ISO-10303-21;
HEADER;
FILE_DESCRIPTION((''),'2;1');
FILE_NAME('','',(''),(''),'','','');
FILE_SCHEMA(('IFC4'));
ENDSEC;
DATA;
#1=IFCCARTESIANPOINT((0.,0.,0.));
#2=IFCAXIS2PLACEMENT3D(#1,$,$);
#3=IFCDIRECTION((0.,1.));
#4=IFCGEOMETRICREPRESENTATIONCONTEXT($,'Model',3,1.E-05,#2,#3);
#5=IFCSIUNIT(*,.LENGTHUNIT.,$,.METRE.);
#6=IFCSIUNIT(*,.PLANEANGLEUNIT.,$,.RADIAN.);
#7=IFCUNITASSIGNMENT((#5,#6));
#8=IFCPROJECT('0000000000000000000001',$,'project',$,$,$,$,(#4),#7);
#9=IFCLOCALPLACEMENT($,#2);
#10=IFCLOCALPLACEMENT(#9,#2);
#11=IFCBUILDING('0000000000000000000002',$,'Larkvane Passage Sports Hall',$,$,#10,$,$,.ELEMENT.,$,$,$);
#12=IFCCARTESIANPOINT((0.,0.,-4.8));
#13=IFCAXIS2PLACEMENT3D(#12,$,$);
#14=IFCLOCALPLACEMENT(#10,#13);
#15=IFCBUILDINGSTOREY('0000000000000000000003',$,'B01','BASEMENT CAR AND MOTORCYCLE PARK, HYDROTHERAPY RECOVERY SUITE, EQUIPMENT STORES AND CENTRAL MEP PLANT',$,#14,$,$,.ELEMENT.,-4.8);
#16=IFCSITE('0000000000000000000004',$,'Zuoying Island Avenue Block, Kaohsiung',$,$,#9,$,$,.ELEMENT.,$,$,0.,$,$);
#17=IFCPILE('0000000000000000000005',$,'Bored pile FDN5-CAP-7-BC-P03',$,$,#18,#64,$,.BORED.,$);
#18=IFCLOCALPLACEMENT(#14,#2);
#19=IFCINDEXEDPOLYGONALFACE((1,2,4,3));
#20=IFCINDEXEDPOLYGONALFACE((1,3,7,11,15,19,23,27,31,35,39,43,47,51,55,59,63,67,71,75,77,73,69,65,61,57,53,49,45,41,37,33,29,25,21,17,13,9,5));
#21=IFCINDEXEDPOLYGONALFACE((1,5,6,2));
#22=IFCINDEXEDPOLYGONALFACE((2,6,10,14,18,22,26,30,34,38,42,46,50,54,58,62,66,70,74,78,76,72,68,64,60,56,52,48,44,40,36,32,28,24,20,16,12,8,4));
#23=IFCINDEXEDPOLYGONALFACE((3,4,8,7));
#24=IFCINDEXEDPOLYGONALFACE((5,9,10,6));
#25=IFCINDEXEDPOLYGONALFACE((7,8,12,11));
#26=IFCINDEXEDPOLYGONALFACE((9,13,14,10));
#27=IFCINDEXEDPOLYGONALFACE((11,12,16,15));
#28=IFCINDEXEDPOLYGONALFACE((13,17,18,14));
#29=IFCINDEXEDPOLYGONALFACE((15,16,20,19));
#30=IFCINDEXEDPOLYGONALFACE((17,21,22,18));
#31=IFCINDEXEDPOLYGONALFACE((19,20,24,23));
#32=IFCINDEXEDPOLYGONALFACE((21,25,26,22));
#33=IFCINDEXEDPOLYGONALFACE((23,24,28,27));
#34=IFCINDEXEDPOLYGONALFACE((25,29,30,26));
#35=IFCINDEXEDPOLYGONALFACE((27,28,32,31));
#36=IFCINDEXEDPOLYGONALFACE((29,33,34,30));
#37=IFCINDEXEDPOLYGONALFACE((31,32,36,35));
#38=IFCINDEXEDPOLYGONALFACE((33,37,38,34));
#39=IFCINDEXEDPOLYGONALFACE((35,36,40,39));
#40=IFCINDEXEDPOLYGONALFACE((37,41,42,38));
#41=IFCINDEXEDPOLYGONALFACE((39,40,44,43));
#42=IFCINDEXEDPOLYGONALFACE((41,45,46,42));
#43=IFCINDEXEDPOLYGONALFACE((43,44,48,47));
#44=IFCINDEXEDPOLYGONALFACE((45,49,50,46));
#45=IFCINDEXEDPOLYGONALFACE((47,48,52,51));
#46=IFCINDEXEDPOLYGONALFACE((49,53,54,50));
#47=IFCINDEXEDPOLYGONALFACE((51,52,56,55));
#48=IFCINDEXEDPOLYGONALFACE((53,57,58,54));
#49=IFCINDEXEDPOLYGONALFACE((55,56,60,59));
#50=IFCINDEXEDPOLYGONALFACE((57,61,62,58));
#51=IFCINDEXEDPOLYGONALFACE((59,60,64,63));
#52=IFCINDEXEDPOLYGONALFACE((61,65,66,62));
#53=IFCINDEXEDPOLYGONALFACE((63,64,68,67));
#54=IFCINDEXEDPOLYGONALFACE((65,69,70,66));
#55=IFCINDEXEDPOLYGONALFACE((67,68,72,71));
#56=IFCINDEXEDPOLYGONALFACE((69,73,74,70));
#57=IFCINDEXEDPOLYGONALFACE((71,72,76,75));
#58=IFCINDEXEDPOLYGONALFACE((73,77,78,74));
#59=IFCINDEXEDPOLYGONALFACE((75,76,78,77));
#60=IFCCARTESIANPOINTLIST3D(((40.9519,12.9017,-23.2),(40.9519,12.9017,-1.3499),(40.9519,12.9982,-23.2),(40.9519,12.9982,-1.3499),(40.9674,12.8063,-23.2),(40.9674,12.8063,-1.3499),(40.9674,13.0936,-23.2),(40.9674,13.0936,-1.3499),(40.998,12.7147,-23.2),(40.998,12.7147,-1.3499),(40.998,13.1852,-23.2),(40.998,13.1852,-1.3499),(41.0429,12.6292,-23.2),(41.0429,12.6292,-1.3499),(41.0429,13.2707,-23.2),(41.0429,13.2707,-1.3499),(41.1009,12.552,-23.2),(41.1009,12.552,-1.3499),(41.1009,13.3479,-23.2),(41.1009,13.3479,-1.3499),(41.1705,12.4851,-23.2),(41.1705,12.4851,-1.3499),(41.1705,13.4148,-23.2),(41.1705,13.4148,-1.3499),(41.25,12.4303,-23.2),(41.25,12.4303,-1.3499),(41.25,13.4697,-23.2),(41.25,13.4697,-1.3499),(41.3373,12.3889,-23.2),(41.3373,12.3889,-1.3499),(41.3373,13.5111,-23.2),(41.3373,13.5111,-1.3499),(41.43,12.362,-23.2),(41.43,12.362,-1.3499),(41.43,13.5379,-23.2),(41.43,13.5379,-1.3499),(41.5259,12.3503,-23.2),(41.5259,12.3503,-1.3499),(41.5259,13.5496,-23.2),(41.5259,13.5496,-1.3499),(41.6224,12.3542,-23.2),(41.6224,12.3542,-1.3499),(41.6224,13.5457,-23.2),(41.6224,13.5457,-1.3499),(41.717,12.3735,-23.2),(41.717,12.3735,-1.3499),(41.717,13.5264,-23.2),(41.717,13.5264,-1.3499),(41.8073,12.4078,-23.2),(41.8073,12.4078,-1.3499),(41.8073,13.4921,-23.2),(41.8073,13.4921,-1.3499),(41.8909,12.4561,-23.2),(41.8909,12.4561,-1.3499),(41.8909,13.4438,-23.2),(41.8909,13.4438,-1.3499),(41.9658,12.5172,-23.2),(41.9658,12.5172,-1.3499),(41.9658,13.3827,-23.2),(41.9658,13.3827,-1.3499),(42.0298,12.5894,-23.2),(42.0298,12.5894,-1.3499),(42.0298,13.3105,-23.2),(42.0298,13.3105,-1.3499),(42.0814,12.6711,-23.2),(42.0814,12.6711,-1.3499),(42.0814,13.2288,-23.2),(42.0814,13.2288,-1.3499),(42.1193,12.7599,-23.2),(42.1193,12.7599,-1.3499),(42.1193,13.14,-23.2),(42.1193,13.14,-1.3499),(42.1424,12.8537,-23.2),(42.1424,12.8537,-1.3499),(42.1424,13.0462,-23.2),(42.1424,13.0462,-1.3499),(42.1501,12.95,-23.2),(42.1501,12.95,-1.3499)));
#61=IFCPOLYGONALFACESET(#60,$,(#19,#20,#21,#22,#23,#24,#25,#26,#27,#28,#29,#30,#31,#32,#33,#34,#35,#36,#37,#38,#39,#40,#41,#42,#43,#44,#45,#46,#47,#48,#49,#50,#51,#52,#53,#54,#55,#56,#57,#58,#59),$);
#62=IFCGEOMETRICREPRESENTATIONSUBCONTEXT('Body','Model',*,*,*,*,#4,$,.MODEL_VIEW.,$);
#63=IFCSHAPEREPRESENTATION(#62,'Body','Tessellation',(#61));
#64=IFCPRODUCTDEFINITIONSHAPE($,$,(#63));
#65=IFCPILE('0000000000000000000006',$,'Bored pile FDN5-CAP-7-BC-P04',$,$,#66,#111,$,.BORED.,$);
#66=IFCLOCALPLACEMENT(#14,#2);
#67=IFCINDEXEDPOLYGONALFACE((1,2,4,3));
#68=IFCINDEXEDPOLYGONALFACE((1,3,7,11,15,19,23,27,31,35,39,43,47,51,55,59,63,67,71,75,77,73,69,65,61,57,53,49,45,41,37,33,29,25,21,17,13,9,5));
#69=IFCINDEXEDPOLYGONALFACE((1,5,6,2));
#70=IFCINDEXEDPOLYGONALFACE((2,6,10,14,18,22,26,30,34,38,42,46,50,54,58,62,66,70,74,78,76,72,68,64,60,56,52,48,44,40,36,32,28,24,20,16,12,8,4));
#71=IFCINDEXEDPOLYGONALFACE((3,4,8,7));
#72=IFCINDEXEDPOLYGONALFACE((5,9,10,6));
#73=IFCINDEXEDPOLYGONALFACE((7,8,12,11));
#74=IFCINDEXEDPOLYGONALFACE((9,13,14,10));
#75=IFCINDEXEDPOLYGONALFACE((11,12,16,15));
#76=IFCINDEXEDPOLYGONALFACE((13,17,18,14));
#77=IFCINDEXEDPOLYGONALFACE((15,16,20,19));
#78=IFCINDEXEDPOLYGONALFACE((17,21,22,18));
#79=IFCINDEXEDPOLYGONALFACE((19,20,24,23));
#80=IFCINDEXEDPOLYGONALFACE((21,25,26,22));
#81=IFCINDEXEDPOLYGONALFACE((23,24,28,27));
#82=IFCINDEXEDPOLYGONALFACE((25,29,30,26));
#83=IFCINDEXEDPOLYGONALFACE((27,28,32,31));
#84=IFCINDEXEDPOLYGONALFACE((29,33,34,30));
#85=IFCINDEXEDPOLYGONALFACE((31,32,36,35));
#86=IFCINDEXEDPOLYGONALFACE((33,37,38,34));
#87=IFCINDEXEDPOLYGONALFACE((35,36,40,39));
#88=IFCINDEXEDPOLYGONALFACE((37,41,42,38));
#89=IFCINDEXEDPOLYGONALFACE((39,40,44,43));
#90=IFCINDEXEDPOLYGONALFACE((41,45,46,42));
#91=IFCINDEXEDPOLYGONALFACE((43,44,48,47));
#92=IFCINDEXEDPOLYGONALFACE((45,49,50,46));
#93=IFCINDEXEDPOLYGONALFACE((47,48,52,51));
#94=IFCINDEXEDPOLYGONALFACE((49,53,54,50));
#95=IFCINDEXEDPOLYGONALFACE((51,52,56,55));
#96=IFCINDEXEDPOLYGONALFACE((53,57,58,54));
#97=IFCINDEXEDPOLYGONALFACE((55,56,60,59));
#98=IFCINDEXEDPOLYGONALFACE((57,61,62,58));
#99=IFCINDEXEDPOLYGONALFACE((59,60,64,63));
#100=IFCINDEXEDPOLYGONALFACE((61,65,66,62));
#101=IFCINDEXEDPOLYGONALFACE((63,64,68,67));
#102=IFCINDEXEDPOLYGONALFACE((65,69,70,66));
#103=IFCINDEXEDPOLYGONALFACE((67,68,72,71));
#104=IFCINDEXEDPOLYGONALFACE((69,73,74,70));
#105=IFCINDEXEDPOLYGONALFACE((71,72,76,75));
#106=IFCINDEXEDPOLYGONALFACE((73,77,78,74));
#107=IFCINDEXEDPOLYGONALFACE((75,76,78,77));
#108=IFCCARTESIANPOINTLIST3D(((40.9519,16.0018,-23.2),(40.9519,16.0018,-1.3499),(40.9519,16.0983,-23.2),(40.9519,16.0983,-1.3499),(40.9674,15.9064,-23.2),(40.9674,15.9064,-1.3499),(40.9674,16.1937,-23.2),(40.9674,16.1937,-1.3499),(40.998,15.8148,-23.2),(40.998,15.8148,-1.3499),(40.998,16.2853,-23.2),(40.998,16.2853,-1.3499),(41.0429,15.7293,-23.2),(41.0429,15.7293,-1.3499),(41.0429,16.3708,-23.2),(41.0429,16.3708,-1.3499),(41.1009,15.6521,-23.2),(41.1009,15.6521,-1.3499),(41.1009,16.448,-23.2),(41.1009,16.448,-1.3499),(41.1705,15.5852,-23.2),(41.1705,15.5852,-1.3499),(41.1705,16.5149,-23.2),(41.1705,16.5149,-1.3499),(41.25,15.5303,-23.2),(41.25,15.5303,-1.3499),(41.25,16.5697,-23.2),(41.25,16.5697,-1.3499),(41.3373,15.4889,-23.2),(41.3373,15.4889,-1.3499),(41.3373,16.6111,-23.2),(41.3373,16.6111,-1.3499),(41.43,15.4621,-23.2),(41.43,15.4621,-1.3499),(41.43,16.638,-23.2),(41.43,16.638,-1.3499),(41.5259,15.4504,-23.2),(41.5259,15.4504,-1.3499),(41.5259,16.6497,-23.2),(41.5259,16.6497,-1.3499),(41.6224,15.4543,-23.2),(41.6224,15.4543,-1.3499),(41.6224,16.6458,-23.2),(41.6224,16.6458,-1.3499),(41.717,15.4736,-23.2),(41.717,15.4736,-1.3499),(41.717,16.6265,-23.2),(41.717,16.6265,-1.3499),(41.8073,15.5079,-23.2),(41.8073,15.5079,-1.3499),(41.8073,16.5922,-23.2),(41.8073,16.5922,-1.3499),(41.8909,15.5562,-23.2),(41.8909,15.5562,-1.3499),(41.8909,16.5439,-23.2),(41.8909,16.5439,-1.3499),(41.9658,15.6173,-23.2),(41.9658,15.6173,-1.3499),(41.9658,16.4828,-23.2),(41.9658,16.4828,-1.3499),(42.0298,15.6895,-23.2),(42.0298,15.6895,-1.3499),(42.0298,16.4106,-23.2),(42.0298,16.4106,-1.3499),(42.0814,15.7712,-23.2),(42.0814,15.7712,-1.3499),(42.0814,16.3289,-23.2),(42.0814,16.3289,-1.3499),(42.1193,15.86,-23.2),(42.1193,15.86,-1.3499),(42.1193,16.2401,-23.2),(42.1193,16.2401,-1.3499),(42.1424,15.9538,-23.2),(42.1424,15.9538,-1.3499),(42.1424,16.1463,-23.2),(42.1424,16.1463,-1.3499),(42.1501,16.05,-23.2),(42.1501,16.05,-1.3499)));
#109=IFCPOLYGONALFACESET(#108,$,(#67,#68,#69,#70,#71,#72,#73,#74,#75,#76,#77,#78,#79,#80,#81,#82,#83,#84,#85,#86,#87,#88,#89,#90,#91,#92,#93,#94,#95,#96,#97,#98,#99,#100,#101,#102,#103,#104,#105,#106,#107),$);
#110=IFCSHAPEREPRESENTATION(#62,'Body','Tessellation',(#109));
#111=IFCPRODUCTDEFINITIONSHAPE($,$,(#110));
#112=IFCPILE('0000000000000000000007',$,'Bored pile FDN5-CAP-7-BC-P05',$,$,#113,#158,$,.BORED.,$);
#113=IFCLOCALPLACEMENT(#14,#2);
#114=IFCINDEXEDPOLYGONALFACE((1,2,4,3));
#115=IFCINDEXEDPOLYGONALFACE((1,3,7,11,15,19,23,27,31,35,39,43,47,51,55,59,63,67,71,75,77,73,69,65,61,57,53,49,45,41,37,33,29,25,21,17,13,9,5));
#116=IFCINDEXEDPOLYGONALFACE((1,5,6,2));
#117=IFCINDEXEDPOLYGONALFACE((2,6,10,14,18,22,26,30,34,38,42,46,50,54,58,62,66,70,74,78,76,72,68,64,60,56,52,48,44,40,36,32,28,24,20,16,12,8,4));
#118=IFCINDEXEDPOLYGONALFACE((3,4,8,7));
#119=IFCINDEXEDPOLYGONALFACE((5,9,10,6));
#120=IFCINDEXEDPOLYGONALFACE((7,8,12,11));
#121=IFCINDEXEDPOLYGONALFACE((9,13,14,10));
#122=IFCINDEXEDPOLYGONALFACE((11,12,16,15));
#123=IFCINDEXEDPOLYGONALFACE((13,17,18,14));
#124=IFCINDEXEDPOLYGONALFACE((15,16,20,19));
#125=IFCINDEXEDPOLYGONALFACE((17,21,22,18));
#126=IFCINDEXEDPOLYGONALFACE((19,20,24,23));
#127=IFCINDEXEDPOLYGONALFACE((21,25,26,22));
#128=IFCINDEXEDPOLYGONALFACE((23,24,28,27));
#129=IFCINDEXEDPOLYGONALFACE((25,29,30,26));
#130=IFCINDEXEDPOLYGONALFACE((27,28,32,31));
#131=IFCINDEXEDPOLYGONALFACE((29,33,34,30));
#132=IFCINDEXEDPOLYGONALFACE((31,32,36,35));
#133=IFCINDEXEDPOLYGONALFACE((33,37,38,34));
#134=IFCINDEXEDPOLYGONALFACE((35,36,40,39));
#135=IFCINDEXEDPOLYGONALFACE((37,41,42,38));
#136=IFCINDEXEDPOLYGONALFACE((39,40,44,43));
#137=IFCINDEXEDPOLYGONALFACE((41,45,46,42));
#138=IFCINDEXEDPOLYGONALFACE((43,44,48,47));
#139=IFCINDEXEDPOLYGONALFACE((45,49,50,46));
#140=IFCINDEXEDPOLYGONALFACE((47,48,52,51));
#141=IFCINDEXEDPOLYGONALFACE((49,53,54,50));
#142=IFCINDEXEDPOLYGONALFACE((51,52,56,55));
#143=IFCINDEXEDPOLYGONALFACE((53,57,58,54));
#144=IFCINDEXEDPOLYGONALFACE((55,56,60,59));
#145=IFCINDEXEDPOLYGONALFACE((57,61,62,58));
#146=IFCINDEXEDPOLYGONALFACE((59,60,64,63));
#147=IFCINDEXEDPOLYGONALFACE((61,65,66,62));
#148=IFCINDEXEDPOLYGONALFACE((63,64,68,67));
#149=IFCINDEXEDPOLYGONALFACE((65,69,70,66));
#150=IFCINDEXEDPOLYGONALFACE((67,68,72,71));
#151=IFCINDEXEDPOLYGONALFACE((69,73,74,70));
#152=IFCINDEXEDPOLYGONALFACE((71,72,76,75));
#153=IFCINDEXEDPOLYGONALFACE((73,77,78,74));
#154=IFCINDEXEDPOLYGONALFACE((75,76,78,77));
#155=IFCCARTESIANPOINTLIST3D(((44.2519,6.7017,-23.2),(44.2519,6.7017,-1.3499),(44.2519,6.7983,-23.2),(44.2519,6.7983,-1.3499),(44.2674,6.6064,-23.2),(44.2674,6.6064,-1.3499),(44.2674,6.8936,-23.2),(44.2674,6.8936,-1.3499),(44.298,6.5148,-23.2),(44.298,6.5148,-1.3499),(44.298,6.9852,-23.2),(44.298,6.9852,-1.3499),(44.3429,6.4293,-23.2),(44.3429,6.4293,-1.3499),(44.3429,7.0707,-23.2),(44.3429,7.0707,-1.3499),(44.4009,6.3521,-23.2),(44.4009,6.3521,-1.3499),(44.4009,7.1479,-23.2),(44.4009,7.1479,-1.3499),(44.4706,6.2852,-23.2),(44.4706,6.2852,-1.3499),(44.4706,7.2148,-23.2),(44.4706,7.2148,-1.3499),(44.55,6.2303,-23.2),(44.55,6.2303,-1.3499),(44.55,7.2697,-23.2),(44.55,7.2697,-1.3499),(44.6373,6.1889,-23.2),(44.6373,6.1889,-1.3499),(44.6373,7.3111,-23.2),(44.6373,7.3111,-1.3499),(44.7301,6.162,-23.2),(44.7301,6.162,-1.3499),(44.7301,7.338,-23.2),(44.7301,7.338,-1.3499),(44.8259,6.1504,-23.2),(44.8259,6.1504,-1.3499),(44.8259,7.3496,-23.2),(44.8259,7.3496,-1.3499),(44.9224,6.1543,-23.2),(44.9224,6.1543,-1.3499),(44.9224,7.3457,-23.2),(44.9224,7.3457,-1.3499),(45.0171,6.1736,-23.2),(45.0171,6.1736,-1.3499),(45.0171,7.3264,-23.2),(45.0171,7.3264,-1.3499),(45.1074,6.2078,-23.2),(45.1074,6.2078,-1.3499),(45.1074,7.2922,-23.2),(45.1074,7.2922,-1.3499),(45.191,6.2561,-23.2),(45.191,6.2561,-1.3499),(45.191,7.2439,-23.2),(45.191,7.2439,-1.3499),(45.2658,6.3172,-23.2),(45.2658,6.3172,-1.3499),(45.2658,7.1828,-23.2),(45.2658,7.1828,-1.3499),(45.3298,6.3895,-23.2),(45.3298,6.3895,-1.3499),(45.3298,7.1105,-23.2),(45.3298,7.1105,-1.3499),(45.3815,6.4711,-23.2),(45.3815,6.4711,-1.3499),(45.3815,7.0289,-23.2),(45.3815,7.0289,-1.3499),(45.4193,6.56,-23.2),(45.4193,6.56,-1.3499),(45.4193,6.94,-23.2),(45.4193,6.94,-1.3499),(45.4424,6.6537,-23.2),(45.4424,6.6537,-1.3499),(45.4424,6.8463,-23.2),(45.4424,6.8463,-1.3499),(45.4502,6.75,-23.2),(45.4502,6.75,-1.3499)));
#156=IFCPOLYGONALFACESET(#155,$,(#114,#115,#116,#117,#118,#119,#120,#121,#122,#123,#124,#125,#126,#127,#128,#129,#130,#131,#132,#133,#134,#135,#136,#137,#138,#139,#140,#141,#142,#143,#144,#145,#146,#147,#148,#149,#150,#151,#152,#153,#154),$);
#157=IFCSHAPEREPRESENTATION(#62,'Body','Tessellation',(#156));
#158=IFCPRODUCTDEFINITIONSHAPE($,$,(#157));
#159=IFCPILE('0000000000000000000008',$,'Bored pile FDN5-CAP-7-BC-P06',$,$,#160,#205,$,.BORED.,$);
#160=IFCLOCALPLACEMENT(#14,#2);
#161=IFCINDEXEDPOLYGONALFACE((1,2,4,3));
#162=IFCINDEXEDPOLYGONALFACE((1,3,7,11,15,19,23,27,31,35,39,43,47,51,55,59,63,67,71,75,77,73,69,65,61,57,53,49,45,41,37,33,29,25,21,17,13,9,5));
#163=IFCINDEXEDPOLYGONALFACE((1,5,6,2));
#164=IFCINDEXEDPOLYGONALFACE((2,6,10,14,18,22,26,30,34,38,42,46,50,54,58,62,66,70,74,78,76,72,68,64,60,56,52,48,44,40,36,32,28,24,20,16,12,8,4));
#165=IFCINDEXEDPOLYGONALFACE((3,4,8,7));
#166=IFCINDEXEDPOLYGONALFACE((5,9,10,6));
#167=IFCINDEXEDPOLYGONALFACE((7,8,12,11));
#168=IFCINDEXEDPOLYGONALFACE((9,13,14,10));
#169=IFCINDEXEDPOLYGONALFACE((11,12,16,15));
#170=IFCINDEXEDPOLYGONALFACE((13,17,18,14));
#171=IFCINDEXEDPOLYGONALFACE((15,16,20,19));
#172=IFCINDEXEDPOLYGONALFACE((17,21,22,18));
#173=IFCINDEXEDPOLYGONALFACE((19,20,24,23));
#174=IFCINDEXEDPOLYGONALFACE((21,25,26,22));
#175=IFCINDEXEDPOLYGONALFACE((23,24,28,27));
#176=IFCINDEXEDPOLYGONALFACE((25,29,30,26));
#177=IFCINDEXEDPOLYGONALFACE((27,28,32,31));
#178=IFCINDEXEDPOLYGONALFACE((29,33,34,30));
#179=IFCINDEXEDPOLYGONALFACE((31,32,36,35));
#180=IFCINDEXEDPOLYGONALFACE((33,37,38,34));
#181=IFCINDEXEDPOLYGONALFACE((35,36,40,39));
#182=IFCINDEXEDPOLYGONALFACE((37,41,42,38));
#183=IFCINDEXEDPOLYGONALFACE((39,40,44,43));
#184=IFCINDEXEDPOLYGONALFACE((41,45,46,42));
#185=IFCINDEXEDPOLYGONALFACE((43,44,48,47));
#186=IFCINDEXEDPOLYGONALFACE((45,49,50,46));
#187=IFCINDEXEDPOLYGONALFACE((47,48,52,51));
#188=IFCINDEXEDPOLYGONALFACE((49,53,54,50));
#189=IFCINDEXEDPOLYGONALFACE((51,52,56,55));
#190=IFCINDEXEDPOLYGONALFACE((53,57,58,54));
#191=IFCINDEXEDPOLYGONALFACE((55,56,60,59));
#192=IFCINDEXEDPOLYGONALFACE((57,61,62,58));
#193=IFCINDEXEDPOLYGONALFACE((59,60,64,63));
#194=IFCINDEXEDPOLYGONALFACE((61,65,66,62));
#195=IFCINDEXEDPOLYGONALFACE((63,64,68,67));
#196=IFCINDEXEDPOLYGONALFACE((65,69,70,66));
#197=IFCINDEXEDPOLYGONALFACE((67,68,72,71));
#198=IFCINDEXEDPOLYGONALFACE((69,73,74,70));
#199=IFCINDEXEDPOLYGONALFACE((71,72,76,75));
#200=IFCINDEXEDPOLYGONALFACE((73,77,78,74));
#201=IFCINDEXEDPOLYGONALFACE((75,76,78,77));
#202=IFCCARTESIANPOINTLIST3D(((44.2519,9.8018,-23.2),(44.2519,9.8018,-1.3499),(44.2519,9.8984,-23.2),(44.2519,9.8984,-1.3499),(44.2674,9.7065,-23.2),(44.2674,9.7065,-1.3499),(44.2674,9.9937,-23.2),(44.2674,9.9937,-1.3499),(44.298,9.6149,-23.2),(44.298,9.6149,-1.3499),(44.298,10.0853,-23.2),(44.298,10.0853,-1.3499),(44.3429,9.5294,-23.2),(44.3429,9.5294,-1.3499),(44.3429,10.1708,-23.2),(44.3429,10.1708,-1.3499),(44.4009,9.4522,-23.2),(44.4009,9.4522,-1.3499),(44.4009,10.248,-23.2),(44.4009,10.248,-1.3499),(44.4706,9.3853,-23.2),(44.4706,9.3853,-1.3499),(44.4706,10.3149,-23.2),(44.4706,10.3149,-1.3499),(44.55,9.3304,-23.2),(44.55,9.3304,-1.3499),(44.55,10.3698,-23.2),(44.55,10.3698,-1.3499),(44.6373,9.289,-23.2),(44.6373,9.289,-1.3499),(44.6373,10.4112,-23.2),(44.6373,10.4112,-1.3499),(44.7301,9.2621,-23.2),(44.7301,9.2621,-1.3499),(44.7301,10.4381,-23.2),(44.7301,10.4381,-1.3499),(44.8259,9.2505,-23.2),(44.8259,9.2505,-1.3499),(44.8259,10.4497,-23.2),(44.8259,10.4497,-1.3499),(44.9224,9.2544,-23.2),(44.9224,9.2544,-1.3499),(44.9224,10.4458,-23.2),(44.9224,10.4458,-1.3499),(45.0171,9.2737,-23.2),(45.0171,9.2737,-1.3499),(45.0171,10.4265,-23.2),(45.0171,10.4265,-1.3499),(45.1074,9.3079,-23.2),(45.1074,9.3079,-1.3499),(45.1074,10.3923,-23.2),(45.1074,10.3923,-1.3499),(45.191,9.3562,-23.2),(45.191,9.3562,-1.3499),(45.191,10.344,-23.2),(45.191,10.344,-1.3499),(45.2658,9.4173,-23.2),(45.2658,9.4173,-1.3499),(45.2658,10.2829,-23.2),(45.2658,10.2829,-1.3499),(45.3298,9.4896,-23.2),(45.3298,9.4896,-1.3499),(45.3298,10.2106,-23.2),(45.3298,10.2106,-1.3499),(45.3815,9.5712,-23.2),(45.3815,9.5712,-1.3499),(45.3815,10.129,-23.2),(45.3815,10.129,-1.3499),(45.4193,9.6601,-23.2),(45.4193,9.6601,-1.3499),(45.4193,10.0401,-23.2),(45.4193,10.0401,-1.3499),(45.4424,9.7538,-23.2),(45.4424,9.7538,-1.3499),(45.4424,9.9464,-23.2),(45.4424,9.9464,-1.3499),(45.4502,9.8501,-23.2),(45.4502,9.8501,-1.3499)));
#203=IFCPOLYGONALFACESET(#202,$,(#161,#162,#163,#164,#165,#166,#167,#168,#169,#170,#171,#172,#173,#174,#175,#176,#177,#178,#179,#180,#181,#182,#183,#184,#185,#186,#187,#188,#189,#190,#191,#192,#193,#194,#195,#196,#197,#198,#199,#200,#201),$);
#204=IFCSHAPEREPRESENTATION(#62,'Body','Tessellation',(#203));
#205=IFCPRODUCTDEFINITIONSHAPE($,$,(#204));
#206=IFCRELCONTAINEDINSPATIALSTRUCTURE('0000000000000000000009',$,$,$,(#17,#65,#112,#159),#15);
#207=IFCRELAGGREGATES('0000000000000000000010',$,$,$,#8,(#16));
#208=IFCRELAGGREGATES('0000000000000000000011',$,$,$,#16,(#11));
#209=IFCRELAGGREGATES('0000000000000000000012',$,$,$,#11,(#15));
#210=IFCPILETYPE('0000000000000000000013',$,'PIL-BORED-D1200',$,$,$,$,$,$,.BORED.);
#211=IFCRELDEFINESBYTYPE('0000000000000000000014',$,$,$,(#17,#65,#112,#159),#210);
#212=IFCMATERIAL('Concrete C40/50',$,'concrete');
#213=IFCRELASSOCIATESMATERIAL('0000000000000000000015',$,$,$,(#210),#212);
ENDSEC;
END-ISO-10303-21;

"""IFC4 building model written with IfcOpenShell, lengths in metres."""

from ifc_helpers import new_model, si_unit, direction, frame, origin, origin_2d, place, context, subcontext, project, spatial, circle, extrude, material, material_profile, profile_set, type_object, element, save


model = new_model("IFC4")

# Units and contexts
model_context = context("Model", 3, precision=1e-05, world=origin(), true_north=direction((0.0, 1.0)))
body_context = subcontext(model_context, "Body", "Model", "MODEL_VIEW")
ifc_project = project(units=[si_unit("LENGTHUNIT", "METRE"), si_unit("PLANEANGLEUNIT", "RADIAN")], contexts=[model_context])

# Site, building, storey
site_placement = place(None, origin())
site = spatial("IfcSite", under=ifc_project, at=site_placement, Name="Zuoying Island Avenue Block, Kaohsiung", CompositionType="ELEMENT", RefElevation=0.0)
building_placement = place(site_placement, origin())
building = spatial("IfcBuilding", under=site, at=building_placement, Name="Larkvane Passage Sports Hall", CompositionType="ELEMENT")
storey_placement = place(building_placement, frame((0.0, 0.0, -4.8)))
storey = spatial("IfcBuildingStorey", under=building, at=storey_placement, Name="B01", Description="BASEMENT CAR AND MOTORCYCLE PARK, HYDROTHERAPY RECOVERY SUITE, EQUIPMENT STORES AND CENTRAL MEP PLANT", CompositionType="ELEMENT", Elevation=-4.8)

# Shared definitions
ifc_material_1 = material(Name="Concrete C40/50", Category="concrete")

# Piles
ifc_material_profile_1 = material_profile(ifc_material_1, circle(Radius=0.6001, at=origin_2d()), Name="PILE-D1200")
ifc_profile_set_1 = profile_set([ifc_material_profile_1], Name="Concrete C40/50")
pile_type = type_object("IfcPileType", Name="PIL-BORED-D1200", PredefinedType="BORED", material=ifc_profile_set_1)
for number, where, z_axis, x_axis, name in (
    (1, (41.55, 12.95, -1.3499), (0.0, 0.0, -1.0), (1.0, 0.0, 0.0), "Bored pile FDN5-CAP-7-BC-P03"),
    (2, (41.55, 16.05, -1.3499), (0.0, 0.0, -1.0), (1.0, 0.0, 0.0), "Bored pile FDN5-CAP-7-BC-P04"),
    (3, (44.8501, 6.75, -1.3499), (0.0, 0.0, -1.0), (1.0, 0.0, 0.0), "Bored pile FDN5-CAP-7-BC-P05"),
    (4, (44.8501, 9.8501, -1.3499), (0.0, 0.0, -1.0), (1.0, 0.0, 0.0), "Bored pile FDN5-CAP-7-BC-P06"),
):
    element("IfcPile", number, at=place(storey_placement, frame(where, z_axis=z_axis, x_axis=x_axis)), inside=storey, type_object=pile_type, Name=name, PredefinedType="BORED", context=body_context, shape_type="SweptSolid", body=[
        extrude(circle(Radius=0.6001, at=origin_2d()), origin(), (0.0, 0.0, 1.0), 21.8501),
    ])

save(model, "model.ifc")
